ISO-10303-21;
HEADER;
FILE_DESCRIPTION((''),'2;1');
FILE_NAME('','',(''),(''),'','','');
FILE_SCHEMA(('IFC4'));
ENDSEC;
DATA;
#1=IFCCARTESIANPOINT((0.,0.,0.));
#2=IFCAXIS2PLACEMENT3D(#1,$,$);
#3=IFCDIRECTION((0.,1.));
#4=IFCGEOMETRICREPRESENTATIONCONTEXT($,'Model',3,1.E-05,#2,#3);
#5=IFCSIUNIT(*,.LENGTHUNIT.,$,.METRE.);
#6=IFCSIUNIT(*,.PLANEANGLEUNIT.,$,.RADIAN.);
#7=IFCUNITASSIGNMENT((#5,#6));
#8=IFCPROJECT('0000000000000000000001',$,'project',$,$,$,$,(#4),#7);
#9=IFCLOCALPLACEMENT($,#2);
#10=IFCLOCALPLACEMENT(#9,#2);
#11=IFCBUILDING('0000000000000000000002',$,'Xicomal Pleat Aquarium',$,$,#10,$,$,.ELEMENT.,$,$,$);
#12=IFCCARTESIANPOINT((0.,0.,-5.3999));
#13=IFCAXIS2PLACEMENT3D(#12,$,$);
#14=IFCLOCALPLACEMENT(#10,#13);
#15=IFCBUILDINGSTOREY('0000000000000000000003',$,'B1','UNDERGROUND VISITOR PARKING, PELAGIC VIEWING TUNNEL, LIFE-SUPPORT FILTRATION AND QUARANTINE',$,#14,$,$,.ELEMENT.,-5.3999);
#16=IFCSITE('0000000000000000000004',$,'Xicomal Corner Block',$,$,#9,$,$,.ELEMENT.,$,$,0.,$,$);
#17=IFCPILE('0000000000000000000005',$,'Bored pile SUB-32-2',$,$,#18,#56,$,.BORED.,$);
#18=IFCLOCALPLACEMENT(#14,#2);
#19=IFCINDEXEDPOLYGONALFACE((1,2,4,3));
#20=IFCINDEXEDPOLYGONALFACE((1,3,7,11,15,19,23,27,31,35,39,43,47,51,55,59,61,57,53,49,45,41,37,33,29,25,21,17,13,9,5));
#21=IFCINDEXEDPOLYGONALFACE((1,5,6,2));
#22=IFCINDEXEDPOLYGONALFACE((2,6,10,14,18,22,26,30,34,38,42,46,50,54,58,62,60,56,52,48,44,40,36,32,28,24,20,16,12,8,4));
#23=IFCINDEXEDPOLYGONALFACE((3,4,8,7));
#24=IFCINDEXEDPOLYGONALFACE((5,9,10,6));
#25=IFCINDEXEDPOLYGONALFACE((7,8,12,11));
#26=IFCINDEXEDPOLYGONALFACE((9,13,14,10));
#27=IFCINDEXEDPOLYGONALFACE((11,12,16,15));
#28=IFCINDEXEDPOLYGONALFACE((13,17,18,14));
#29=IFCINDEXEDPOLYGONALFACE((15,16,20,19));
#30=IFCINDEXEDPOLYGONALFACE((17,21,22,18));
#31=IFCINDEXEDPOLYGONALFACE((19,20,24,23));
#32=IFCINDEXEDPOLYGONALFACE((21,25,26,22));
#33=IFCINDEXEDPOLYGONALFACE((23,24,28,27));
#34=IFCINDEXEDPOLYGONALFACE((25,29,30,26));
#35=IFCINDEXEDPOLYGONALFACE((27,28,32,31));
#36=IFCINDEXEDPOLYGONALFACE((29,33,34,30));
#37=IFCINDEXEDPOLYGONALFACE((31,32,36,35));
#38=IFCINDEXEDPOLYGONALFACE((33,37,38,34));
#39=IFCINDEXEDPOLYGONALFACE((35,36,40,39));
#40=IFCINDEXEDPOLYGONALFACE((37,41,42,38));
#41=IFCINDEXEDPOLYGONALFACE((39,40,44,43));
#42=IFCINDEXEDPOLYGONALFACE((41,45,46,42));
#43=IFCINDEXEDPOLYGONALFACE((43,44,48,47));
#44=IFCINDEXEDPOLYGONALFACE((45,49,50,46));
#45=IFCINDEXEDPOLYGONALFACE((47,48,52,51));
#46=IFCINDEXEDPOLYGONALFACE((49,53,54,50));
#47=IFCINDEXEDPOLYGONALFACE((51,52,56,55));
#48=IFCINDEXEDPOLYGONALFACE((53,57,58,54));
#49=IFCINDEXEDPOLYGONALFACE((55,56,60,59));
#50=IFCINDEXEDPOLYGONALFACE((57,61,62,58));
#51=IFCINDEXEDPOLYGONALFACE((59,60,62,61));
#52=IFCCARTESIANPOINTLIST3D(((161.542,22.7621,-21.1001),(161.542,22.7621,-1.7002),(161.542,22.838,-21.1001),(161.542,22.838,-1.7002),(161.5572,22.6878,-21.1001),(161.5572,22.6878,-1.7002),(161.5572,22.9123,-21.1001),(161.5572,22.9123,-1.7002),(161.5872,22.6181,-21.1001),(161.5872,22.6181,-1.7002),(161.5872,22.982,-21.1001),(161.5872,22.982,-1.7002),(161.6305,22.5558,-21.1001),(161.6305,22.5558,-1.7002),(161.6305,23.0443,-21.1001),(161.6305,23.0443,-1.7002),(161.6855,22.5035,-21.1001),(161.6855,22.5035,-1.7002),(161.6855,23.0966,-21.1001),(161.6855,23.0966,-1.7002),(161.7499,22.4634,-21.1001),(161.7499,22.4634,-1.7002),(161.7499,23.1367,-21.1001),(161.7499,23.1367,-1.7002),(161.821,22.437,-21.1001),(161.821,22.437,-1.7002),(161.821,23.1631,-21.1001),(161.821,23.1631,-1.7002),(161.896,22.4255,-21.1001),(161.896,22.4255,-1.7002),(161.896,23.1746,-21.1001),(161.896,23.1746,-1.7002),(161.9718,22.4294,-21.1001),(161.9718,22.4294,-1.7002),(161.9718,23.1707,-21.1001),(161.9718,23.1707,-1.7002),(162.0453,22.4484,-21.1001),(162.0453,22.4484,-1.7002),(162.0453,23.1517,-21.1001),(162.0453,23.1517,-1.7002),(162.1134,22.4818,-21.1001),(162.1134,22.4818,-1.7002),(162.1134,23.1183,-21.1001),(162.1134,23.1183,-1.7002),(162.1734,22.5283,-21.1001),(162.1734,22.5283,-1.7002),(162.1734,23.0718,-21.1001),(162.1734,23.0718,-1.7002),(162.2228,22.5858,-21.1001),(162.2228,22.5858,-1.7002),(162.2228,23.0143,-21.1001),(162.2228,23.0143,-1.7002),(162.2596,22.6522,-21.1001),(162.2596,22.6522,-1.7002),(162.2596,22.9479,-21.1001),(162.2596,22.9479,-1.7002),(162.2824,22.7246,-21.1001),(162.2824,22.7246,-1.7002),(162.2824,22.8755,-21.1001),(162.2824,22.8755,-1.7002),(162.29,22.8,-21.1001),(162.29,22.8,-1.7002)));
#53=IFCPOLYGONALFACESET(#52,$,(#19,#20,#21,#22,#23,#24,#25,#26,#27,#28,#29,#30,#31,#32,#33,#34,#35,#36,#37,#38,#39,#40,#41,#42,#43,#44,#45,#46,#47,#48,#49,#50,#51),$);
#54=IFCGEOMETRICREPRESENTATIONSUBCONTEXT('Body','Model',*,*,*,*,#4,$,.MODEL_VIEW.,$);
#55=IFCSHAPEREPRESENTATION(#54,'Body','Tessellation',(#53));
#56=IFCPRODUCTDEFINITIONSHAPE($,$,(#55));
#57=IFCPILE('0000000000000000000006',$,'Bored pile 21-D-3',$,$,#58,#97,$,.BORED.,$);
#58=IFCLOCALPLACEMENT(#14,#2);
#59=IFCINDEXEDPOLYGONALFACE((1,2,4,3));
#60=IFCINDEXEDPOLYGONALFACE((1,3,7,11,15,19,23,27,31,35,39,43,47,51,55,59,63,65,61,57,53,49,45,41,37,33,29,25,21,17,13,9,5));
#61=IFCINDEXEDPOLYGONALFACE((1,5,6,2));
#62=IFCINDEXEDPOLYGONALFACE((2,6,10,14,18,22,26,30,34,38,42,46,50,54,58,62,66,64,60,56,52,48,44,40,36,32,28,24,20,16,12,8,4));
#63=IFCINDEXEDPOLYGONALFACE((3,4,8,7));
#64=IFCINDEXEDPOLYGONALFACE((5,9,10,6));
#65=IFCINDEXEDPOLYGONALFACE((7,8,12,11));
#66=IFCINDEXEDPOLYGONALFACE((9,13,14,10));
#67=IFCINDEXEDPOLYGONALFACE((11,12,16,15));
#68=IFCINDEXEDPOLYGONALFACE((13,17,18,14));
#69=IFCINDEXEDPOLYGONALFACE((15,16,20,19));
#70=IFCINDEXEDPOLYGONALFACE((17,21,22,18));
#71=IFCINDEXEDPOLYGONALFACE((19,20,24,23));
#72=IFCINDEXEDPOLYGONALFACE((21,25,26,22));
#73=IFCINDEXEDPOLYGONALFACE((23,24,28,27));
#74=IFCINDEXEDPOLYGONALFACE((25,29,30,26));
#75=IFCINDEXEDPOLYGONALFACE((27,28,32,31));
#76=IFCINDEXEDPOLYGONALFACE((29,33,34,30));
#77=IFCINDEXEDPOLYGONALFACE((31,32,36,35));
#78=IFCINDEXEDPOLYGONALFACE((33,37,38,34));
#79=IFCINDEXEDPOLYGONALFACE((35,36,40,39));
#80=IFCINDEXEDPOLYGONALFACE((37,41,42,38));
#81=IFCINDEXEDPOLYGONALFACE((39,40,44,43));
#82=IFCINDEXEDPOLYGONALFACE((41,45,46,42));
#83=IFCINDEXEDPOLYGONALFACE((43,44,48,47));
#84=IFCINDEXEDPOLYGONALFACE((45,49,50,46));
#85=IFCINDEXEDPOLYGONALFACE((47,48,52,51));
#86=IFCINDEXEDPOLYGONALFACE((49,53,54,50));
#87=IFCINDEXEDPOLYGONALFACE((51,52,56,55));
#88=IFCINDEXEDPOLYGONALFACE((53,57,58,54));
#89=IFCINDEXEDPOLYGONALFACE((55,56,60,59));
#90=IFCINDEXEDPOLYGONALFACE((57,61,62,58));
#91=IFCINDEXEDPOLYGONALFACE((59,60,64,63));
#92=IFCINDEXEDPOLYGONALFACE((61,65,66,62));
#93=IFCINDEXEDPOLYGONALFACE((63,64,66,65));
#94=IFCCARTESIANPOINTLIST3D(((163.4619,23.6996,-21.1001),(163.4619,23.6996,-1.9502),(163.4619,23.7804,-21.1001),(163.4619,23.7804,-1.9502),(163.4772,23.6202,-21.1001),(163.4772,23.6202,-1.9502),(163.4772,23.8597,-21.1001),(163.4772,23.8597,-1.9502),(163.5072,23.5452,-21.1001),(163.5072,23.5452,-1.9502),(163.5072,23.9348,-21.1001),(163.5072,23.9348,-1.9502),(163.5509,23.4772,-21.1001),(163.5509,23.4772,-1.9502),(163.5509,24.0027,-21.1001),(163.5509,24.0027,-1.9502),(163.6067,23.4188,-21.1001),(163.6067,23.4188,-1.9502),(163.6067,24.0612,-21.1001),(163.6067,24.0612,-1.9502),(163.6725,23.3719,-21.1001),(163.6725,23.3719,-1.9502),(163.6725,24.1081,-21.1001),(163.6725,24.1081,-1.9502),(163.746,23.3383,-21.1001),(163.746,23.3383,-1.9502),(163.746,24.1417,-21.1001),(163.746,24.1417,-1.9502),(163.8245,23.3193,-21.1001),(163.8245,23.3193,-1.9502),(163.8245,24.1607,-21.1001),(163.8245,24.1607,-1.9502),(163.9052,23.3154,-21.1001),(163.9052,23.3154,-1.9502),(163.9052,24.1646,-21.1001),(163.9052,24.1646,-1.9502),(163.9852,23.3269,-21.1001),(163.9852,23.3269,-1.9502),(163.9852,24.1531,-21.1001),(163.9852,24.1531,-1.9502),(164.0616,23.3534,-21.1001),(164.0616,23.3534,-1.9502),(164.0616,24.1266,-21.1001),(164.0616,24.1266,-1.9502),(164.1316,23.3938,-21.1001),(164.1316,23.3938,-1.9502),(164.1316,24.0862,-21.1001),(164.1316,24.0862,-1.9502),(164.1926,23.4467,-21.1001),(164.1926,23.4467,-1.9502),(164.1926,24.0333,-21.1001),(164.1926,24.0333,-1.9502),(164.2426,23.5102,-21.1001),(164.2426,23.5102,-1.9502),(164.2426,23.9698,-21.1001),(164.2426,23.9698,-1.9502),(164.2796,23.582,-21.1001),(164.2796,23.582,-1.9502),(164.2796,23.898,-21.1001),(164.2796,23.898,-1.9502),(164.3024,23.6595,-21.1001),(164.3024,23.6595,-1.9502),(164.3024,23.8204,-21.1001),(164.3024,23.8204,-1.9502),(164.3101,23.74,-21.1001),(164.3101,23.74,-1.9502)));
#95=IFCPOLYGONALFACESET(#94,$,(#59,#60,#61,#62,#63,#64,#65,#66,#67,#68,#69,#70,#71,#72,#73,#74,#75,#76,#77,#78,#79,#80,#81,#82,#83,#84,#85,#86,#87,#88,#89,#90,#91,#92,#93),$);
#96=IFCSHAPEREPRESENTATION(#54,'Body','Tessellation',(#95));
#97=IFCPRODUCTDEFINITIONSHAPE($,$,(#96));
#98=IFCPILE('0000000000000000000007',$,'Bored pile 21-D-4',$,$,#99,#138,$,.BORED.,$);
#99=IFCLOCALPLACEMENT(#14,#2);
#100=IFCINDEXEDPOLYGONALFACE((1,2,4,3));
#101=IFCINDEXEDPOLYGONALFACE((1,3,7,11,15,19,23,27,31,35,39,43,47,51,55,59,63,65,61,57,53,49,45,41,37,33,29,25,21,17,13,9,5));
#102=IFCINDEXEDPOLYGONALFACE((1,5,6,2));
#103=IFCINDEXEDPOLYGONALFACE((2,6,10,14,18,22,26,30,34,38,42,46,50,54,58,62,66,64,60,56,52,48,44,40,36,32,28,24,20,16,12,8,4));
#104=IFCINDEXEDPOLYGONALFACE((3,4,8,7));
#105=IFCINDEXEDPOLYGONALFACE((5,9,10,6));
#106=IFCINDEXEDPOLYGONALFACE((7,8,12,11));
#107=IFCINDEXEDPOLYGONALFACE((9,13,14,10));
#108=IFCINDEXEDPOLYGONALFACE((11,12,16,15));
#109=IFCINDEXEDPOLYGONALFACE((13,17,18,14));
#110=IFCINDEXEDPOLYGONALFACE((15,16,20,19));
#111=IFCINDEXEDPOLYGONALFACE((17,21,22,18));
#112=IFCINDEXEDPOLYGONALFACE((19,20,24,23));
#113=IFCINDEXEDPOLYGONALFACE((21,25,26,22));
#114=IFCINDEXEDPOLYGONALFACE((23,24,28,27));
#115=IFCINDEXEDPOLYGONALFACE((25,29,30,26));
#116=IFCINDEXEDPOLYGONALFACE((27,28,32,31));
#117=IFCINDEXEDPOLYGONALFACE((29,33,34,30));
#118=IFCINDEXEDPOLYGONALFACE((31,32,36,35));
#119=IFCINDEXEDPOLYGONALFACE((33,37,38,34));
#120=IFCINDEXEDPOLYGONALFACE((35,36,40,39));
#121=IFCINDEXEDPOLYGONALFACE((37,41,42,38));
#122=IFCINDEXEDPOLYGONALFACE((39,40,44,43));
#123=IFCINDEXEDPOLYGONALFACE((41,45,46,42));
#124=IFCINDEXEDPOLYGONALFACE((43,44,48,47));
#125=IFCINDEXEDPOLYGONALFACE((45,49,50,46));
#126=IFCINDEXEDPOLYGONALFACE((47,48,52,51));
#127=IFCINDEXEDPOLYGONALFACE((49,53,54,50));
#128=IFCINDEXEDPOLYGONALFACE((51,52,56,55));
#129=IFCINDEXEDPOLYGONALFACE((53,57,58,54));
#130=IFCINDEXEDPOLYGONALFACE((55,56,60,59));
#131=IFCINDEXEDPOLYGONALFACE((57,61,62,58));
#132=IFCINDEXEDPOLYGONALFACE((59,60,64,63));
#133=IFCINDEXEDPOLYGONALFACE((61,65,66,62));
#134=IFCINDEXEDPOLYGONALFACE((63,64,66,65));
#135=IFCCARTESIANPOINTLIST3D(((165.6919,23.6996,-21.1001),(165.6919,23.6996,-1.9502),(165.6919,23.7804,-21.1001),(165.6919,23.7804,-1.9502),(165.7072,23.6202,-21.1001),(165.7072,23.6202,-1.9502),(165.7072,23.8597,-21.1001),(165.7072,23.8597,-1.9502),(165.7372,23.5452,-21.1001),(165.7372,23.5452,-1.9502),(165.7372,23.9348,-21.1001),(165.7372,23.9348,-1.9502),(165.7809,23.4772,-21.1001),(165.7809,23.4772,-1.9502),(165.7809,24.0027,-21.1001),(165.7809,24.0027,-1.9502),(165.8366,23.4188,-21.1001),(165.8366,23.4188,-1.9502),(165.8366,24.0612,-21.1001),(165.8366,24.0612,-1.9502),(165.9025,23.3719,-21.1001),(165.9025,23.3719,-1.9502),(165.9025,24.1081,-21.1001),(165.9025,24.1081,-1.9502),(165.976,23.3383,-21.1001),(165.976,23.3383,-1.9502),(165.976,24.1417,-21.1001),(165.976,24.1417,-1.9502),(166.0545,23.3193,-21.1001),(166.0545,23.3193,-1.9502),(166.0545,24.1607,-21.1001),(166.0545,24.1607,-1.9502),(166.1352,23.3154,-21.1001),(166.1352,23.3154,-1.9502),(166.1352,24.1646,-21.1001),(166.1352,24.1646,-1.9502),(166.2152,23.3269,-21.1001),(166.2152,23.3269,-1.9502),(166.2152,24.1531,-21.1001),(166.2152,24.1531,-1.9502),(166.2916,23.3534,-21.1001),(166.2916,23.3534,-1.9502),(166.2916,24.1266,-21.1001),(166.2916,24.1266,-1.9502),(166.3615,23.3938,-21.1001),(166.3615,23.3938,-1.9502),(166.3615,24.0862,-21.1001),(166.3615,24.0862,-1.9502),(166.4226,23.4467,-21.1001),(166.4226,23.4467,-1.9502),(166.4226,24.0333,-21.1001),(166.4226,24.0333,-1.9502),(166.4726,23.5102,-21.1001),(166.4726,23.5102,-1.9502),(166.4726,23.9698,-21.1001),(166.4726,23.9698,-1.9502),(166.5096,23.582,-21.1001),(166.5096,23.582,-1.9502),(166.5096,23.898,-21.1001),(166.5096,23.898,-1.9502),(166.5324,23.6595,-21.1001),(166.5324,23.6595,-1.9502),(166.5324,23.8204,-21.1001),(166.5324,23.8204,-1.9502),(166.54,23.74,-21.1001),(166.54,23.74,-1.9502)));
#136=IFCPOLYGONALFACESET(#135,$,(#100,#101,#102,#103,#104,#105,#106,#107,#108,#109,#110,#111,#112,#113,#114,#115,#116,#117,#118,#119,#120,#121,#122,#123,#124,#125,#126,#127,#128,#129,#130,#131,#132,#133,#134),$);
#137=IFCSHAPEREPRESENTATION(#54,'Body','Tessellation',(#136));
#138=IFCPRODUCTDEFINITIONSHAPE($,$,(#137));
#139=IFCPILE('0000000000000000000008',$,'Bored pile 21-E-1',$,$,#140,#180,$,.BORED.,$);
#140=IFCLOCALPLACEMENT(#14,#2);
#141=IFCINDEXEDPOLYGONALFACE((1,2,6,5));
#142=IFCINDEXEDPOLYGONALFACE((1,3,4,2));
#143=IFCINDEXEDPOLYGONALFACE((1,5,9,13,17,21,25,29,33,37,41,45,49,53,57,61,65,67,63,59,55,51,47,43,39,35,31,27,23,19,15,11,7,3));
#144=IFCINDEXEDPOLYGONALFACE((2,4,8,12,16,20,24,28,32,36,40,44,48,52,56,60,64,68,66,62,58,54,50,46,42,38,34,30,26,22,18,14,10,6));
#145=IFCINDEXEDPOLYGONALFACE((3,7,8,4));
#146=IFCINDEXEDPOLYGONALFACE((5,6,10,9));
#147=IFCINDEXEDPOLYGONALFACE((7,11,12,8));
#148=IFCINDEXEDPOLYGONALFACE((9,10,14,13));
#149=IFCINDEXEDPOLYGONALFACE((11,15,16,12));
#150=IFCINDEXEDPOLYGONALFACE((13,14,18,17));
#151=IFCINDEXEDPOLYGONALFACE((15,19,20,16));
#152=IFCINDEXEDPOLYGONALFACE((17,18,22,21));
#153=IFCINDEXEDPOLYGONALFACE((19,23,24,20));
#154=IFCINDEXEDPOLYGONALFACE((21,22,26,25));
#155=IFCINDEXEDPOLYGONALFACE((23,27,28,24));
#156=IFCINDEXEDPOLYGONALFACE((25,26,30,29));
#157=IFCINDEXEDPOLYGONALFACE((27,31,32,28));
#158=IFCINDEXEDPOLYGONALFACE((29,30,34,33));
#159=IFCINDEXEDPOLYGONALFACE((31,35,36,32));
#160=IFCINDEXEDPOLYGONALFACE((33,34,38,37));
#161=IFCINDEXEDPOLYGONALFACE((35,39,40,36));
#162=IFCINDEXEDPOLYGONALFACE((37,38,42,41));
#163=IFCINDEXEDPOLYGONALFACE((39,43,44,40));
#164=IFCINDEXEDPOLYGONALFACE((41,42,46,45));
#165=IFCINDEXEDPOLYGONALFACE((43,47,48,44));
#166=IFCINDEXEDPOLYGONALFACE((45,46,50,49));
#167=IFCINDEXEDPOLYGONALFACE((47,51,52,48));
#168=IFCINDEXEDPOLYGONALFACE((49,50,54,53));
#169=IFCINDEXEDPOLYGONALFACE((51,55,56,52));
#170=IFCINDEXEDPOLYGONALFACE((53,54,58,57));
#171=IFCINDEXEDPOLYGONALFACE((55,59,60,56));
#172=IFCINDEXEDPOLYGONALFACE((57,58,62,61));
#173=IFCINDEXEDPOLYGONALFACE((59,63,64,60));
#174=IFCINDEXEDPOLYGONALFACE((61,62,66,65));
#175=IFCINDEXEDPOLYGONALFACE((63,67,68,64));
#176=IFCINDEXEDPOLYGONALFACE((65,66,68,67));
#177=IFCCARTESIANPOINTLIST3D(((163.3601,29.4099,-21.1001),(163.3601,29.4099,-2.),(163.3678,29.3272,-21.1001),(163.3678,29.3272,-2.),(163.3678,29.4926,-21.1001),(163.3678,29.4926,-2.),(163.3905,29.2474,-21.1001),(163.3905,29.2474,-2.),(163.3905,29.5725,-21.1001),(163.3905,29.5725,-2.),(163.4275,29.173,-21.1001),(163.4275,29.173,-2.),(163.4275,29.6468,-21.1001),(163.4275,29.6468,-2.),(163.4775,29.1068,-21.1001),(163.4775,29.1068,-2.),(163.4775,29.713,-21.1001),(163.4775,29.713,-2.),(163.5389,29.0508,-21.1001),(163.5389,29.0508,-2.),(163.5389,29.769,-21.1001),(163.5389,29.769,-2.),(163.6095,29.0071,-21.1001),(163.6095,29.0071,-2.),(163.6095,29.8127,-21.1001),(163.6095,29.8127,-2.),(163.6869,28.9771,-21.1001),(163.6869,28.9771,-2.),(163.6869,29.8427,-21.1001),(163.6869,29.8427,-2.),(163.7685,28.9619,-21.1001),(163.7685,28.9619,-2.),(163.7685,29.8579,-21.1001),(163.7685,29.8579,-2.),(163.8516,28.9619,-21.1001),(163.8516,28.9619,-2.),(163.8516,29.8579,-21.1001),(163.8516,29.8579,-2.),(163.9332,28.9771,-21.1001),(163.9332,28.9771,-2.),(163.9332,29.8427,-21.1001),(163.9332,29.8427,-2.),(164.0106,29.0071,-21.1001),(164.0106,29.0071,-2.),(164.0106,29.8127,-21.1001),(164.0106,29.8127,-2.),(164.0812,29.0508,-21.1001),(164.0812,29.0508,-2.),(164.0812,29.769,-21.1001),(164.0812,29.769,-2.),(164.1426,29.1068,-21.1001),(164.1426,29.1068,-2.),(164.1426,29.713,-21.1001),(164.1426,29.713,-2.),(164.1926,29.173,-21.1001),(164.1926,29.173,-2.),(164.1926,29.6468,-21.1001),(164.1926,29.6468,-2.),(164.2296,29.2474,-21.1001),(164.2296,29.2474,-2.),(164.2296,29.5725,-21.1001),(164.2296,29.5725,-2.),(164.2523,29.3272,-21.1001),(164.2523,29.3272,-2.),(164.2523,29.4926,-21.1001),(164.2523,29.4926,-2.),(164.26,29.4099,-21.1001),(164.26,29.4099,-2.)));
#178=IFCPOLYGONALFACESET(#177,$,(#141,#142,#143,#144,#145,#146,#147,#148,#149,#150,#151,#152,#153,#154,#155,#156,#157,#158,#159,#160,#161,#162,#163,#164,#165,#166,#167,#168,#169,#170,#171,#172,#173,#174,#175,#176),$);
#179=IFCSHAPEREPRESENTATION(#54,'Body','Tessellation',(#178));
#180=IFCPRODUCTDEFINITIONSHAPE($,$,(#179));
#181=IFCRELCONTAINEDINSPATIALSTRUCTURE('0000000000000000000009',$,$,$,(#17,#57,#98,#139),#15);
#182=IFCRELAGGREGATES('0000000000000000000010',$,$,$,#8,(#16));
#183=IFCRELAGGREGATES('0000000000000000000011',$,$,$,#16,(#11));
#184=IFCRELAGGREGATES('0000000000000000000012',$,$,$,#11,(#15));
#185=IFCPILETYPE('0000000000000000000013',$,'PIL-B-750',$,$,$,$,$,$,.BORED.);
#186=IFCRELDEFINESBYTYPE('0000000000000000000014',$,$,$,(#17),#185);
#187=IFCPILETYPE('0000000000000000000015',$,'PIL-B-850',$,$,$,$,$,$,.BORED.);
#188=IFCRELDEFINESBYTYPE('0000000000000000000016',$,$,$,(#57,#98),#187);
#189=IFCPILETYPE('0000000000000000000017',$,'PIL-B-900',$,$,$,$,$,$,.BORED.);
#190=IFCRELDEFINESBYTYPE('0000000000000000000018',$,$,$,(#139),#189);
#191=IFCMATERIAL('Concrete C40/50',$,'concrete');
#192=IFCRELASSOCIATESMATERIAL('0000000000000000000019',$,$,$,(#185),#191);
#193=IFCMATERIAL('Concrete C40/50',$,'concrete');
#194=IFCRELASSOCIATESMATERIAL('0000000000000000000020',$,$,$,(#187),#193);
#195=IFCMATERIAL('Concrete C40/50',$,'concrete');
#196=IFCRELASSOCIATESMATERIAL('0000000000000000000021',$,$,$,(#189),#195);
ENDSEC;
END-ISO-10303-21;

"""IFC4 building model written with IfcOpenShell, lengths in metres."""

from ifc_helpers import new_model, si_unit, direction, frame, origin, origin_2d, place, context, subcontext, project, spatial, circle, extrude, material, material_profile, profile_set, type_object, element, save


model = new_model("IFC4")

# Units and contexts
model_context = context("Model", 3, precision=1e-05, world=origin(), true_north=direction((0.0, 1.0)))
body_context = subcontext(model_context, "Body", "Model", "MODEL_VIEW")
ifc_project = project(units=[si_unit("LENGTHUNIT", "METRE"), si_unit("PLANEANGLEUNIT", "RADIAN")], contexts=[model_context])

# Site, building, storey
site_placement = place(None, origin())
site = spatial("IfcSite", under=ifc_project, at=site_placement, Name="Xicomal Corner Block", CompositionType="ELEMENT", RefElevation=0.0)
building_placement = place(site_placement, origin())
building = spatial("IfcBuilding", under=site, at=building_placement, Name="Xicomal Pleat Aquarium", CompositionType="ELEMENT")
storey_placement = place(building_placement, frame((0.0, 0.0, -5.3999)))
storey = spatial("IfcBuildingStorey", under=building, at=storey_placement, Name="B1", Description="UNDERGROUND VISITOR PARKING, PELAGIC VIEWING TUNNEL, LIFE-SUPPORT FILTRATION AND QUARANTINE", CompositionType="ELEMENT", Elevation=-5.3999)

# Piles
ifc_material_1 = material(Name="Concrete C40/50", Category="concrete")
ifc_material_profile_1 = material_profile(ifc_material_1, circle(Radius=0.375, at=origin_2d()), Name="BORED PILE D750")
ifc_profile_set_1 = profile_set([ifc_material_profile_1], Name="Concrete C40/50")
pile_type_1 = type_object("IfcPileType", Name="PIL-B-750", PredefinedType="BORED", material=ifc_profile_set_1)
for number, where, z_axis, x_axis, name in (
    (1, (161.915, 22.8, -1.7002), (0.0, 0.0, -1.0), (1.0, 0.0, 0.0), "Bored pile SUB-32-2"),
):
    element("IfcPile", number, at=place(storey_placement, frame(where, z_axis=z_axis, x_axis=x_axis)), inside=storey, type_object=pile_type_1, Name=name, PredefinedType="BORED", context=body_context, shape_type="SweptSolid", body=[
        extrude(circle(Radius=0.375, at=origin_2d()), origin(), (0.0, 0.0, 1.0), 19.3999),
    ])
ifc_material_2 = material(Name="Concrete C40/50", Category="concrete")
ifc_material_profile_2 = material_profile(ifc_material_2, circle(Radius=0.425, at=origin_2d()), Name="BORED PILE D850")
ifc_profile_set_2 = profile_set([ifc_material_profile_2], Name="Concrete C40/50")
pile_type_2 = type_object("IfcPileType", Name="PIL-B-850", PredefinedType="BORED", material=ifc_profile_set_2)
for number, where, z_axis, x_axis, name in (
    (2, (163.885, 23.74, -1.9502), (0.0, 0.0, -1.0), (1.0, 0.0, 0.0), "Bored pile 21-D-3"),
    (3, (166.115, 23.74, -1.9502), (0.0, 0.0, -1.0), (1.0, 0.0, 0.0), "Bored pile 21-D-4"),
):
    element("IfcPile", number, at=place(storey_placement, frame(where, z_axis=z_axis, x_axis=x_axis)), inside=storey, type_object=pile_type_2, Name=name, PredefinedType="BORED", context=body_context, shape_type="SweptSolid", body=[
        extrude(circle(Radius=0.425, at=origin_2d()), origin(), (0.0, 0.0, 1.0), 19.1499),
    ])
ifc_material_3 = material(Name="Concrete C40/50", Category="concrete")
ifc_material_profile_3 = material_profile(ifc_material_3, circle(Radius=0.45, at=origin_2d()), Name="BORED PILE D900")
ifc_profile_set_3 = profile_set([ifc_material_profile_3], Name="Concrete C40/50")
pile_type_3 = type_object("IfcPileType", Name="PIL-B-900", PredefinedType="BORED", material=ifc_profile_set_3)
for number, where, z_axis, x_axis, name in (
    (4, (163.8101, 29.4099, -2.0), (0.0, 0.0, -1.0), (1.0, 0.0, 0.0), "Bored pile 21-E-1"),
):
    element("IfcPile", number, at=place(storey_placement, frame(where, z_axis=z_axis, x_axis=x_axis)), inside=storey, type_object=pile_type_3, Name=name, PredefinedType="BORED", context=body_context, shape_type="SweptSolid", body=[
        extrude(circle(Radius=0.45, at=origin_2d()), origin(), (0.0, 0.0, 1.0), 19.1001),
    ])

save(model, "model.ifc")
